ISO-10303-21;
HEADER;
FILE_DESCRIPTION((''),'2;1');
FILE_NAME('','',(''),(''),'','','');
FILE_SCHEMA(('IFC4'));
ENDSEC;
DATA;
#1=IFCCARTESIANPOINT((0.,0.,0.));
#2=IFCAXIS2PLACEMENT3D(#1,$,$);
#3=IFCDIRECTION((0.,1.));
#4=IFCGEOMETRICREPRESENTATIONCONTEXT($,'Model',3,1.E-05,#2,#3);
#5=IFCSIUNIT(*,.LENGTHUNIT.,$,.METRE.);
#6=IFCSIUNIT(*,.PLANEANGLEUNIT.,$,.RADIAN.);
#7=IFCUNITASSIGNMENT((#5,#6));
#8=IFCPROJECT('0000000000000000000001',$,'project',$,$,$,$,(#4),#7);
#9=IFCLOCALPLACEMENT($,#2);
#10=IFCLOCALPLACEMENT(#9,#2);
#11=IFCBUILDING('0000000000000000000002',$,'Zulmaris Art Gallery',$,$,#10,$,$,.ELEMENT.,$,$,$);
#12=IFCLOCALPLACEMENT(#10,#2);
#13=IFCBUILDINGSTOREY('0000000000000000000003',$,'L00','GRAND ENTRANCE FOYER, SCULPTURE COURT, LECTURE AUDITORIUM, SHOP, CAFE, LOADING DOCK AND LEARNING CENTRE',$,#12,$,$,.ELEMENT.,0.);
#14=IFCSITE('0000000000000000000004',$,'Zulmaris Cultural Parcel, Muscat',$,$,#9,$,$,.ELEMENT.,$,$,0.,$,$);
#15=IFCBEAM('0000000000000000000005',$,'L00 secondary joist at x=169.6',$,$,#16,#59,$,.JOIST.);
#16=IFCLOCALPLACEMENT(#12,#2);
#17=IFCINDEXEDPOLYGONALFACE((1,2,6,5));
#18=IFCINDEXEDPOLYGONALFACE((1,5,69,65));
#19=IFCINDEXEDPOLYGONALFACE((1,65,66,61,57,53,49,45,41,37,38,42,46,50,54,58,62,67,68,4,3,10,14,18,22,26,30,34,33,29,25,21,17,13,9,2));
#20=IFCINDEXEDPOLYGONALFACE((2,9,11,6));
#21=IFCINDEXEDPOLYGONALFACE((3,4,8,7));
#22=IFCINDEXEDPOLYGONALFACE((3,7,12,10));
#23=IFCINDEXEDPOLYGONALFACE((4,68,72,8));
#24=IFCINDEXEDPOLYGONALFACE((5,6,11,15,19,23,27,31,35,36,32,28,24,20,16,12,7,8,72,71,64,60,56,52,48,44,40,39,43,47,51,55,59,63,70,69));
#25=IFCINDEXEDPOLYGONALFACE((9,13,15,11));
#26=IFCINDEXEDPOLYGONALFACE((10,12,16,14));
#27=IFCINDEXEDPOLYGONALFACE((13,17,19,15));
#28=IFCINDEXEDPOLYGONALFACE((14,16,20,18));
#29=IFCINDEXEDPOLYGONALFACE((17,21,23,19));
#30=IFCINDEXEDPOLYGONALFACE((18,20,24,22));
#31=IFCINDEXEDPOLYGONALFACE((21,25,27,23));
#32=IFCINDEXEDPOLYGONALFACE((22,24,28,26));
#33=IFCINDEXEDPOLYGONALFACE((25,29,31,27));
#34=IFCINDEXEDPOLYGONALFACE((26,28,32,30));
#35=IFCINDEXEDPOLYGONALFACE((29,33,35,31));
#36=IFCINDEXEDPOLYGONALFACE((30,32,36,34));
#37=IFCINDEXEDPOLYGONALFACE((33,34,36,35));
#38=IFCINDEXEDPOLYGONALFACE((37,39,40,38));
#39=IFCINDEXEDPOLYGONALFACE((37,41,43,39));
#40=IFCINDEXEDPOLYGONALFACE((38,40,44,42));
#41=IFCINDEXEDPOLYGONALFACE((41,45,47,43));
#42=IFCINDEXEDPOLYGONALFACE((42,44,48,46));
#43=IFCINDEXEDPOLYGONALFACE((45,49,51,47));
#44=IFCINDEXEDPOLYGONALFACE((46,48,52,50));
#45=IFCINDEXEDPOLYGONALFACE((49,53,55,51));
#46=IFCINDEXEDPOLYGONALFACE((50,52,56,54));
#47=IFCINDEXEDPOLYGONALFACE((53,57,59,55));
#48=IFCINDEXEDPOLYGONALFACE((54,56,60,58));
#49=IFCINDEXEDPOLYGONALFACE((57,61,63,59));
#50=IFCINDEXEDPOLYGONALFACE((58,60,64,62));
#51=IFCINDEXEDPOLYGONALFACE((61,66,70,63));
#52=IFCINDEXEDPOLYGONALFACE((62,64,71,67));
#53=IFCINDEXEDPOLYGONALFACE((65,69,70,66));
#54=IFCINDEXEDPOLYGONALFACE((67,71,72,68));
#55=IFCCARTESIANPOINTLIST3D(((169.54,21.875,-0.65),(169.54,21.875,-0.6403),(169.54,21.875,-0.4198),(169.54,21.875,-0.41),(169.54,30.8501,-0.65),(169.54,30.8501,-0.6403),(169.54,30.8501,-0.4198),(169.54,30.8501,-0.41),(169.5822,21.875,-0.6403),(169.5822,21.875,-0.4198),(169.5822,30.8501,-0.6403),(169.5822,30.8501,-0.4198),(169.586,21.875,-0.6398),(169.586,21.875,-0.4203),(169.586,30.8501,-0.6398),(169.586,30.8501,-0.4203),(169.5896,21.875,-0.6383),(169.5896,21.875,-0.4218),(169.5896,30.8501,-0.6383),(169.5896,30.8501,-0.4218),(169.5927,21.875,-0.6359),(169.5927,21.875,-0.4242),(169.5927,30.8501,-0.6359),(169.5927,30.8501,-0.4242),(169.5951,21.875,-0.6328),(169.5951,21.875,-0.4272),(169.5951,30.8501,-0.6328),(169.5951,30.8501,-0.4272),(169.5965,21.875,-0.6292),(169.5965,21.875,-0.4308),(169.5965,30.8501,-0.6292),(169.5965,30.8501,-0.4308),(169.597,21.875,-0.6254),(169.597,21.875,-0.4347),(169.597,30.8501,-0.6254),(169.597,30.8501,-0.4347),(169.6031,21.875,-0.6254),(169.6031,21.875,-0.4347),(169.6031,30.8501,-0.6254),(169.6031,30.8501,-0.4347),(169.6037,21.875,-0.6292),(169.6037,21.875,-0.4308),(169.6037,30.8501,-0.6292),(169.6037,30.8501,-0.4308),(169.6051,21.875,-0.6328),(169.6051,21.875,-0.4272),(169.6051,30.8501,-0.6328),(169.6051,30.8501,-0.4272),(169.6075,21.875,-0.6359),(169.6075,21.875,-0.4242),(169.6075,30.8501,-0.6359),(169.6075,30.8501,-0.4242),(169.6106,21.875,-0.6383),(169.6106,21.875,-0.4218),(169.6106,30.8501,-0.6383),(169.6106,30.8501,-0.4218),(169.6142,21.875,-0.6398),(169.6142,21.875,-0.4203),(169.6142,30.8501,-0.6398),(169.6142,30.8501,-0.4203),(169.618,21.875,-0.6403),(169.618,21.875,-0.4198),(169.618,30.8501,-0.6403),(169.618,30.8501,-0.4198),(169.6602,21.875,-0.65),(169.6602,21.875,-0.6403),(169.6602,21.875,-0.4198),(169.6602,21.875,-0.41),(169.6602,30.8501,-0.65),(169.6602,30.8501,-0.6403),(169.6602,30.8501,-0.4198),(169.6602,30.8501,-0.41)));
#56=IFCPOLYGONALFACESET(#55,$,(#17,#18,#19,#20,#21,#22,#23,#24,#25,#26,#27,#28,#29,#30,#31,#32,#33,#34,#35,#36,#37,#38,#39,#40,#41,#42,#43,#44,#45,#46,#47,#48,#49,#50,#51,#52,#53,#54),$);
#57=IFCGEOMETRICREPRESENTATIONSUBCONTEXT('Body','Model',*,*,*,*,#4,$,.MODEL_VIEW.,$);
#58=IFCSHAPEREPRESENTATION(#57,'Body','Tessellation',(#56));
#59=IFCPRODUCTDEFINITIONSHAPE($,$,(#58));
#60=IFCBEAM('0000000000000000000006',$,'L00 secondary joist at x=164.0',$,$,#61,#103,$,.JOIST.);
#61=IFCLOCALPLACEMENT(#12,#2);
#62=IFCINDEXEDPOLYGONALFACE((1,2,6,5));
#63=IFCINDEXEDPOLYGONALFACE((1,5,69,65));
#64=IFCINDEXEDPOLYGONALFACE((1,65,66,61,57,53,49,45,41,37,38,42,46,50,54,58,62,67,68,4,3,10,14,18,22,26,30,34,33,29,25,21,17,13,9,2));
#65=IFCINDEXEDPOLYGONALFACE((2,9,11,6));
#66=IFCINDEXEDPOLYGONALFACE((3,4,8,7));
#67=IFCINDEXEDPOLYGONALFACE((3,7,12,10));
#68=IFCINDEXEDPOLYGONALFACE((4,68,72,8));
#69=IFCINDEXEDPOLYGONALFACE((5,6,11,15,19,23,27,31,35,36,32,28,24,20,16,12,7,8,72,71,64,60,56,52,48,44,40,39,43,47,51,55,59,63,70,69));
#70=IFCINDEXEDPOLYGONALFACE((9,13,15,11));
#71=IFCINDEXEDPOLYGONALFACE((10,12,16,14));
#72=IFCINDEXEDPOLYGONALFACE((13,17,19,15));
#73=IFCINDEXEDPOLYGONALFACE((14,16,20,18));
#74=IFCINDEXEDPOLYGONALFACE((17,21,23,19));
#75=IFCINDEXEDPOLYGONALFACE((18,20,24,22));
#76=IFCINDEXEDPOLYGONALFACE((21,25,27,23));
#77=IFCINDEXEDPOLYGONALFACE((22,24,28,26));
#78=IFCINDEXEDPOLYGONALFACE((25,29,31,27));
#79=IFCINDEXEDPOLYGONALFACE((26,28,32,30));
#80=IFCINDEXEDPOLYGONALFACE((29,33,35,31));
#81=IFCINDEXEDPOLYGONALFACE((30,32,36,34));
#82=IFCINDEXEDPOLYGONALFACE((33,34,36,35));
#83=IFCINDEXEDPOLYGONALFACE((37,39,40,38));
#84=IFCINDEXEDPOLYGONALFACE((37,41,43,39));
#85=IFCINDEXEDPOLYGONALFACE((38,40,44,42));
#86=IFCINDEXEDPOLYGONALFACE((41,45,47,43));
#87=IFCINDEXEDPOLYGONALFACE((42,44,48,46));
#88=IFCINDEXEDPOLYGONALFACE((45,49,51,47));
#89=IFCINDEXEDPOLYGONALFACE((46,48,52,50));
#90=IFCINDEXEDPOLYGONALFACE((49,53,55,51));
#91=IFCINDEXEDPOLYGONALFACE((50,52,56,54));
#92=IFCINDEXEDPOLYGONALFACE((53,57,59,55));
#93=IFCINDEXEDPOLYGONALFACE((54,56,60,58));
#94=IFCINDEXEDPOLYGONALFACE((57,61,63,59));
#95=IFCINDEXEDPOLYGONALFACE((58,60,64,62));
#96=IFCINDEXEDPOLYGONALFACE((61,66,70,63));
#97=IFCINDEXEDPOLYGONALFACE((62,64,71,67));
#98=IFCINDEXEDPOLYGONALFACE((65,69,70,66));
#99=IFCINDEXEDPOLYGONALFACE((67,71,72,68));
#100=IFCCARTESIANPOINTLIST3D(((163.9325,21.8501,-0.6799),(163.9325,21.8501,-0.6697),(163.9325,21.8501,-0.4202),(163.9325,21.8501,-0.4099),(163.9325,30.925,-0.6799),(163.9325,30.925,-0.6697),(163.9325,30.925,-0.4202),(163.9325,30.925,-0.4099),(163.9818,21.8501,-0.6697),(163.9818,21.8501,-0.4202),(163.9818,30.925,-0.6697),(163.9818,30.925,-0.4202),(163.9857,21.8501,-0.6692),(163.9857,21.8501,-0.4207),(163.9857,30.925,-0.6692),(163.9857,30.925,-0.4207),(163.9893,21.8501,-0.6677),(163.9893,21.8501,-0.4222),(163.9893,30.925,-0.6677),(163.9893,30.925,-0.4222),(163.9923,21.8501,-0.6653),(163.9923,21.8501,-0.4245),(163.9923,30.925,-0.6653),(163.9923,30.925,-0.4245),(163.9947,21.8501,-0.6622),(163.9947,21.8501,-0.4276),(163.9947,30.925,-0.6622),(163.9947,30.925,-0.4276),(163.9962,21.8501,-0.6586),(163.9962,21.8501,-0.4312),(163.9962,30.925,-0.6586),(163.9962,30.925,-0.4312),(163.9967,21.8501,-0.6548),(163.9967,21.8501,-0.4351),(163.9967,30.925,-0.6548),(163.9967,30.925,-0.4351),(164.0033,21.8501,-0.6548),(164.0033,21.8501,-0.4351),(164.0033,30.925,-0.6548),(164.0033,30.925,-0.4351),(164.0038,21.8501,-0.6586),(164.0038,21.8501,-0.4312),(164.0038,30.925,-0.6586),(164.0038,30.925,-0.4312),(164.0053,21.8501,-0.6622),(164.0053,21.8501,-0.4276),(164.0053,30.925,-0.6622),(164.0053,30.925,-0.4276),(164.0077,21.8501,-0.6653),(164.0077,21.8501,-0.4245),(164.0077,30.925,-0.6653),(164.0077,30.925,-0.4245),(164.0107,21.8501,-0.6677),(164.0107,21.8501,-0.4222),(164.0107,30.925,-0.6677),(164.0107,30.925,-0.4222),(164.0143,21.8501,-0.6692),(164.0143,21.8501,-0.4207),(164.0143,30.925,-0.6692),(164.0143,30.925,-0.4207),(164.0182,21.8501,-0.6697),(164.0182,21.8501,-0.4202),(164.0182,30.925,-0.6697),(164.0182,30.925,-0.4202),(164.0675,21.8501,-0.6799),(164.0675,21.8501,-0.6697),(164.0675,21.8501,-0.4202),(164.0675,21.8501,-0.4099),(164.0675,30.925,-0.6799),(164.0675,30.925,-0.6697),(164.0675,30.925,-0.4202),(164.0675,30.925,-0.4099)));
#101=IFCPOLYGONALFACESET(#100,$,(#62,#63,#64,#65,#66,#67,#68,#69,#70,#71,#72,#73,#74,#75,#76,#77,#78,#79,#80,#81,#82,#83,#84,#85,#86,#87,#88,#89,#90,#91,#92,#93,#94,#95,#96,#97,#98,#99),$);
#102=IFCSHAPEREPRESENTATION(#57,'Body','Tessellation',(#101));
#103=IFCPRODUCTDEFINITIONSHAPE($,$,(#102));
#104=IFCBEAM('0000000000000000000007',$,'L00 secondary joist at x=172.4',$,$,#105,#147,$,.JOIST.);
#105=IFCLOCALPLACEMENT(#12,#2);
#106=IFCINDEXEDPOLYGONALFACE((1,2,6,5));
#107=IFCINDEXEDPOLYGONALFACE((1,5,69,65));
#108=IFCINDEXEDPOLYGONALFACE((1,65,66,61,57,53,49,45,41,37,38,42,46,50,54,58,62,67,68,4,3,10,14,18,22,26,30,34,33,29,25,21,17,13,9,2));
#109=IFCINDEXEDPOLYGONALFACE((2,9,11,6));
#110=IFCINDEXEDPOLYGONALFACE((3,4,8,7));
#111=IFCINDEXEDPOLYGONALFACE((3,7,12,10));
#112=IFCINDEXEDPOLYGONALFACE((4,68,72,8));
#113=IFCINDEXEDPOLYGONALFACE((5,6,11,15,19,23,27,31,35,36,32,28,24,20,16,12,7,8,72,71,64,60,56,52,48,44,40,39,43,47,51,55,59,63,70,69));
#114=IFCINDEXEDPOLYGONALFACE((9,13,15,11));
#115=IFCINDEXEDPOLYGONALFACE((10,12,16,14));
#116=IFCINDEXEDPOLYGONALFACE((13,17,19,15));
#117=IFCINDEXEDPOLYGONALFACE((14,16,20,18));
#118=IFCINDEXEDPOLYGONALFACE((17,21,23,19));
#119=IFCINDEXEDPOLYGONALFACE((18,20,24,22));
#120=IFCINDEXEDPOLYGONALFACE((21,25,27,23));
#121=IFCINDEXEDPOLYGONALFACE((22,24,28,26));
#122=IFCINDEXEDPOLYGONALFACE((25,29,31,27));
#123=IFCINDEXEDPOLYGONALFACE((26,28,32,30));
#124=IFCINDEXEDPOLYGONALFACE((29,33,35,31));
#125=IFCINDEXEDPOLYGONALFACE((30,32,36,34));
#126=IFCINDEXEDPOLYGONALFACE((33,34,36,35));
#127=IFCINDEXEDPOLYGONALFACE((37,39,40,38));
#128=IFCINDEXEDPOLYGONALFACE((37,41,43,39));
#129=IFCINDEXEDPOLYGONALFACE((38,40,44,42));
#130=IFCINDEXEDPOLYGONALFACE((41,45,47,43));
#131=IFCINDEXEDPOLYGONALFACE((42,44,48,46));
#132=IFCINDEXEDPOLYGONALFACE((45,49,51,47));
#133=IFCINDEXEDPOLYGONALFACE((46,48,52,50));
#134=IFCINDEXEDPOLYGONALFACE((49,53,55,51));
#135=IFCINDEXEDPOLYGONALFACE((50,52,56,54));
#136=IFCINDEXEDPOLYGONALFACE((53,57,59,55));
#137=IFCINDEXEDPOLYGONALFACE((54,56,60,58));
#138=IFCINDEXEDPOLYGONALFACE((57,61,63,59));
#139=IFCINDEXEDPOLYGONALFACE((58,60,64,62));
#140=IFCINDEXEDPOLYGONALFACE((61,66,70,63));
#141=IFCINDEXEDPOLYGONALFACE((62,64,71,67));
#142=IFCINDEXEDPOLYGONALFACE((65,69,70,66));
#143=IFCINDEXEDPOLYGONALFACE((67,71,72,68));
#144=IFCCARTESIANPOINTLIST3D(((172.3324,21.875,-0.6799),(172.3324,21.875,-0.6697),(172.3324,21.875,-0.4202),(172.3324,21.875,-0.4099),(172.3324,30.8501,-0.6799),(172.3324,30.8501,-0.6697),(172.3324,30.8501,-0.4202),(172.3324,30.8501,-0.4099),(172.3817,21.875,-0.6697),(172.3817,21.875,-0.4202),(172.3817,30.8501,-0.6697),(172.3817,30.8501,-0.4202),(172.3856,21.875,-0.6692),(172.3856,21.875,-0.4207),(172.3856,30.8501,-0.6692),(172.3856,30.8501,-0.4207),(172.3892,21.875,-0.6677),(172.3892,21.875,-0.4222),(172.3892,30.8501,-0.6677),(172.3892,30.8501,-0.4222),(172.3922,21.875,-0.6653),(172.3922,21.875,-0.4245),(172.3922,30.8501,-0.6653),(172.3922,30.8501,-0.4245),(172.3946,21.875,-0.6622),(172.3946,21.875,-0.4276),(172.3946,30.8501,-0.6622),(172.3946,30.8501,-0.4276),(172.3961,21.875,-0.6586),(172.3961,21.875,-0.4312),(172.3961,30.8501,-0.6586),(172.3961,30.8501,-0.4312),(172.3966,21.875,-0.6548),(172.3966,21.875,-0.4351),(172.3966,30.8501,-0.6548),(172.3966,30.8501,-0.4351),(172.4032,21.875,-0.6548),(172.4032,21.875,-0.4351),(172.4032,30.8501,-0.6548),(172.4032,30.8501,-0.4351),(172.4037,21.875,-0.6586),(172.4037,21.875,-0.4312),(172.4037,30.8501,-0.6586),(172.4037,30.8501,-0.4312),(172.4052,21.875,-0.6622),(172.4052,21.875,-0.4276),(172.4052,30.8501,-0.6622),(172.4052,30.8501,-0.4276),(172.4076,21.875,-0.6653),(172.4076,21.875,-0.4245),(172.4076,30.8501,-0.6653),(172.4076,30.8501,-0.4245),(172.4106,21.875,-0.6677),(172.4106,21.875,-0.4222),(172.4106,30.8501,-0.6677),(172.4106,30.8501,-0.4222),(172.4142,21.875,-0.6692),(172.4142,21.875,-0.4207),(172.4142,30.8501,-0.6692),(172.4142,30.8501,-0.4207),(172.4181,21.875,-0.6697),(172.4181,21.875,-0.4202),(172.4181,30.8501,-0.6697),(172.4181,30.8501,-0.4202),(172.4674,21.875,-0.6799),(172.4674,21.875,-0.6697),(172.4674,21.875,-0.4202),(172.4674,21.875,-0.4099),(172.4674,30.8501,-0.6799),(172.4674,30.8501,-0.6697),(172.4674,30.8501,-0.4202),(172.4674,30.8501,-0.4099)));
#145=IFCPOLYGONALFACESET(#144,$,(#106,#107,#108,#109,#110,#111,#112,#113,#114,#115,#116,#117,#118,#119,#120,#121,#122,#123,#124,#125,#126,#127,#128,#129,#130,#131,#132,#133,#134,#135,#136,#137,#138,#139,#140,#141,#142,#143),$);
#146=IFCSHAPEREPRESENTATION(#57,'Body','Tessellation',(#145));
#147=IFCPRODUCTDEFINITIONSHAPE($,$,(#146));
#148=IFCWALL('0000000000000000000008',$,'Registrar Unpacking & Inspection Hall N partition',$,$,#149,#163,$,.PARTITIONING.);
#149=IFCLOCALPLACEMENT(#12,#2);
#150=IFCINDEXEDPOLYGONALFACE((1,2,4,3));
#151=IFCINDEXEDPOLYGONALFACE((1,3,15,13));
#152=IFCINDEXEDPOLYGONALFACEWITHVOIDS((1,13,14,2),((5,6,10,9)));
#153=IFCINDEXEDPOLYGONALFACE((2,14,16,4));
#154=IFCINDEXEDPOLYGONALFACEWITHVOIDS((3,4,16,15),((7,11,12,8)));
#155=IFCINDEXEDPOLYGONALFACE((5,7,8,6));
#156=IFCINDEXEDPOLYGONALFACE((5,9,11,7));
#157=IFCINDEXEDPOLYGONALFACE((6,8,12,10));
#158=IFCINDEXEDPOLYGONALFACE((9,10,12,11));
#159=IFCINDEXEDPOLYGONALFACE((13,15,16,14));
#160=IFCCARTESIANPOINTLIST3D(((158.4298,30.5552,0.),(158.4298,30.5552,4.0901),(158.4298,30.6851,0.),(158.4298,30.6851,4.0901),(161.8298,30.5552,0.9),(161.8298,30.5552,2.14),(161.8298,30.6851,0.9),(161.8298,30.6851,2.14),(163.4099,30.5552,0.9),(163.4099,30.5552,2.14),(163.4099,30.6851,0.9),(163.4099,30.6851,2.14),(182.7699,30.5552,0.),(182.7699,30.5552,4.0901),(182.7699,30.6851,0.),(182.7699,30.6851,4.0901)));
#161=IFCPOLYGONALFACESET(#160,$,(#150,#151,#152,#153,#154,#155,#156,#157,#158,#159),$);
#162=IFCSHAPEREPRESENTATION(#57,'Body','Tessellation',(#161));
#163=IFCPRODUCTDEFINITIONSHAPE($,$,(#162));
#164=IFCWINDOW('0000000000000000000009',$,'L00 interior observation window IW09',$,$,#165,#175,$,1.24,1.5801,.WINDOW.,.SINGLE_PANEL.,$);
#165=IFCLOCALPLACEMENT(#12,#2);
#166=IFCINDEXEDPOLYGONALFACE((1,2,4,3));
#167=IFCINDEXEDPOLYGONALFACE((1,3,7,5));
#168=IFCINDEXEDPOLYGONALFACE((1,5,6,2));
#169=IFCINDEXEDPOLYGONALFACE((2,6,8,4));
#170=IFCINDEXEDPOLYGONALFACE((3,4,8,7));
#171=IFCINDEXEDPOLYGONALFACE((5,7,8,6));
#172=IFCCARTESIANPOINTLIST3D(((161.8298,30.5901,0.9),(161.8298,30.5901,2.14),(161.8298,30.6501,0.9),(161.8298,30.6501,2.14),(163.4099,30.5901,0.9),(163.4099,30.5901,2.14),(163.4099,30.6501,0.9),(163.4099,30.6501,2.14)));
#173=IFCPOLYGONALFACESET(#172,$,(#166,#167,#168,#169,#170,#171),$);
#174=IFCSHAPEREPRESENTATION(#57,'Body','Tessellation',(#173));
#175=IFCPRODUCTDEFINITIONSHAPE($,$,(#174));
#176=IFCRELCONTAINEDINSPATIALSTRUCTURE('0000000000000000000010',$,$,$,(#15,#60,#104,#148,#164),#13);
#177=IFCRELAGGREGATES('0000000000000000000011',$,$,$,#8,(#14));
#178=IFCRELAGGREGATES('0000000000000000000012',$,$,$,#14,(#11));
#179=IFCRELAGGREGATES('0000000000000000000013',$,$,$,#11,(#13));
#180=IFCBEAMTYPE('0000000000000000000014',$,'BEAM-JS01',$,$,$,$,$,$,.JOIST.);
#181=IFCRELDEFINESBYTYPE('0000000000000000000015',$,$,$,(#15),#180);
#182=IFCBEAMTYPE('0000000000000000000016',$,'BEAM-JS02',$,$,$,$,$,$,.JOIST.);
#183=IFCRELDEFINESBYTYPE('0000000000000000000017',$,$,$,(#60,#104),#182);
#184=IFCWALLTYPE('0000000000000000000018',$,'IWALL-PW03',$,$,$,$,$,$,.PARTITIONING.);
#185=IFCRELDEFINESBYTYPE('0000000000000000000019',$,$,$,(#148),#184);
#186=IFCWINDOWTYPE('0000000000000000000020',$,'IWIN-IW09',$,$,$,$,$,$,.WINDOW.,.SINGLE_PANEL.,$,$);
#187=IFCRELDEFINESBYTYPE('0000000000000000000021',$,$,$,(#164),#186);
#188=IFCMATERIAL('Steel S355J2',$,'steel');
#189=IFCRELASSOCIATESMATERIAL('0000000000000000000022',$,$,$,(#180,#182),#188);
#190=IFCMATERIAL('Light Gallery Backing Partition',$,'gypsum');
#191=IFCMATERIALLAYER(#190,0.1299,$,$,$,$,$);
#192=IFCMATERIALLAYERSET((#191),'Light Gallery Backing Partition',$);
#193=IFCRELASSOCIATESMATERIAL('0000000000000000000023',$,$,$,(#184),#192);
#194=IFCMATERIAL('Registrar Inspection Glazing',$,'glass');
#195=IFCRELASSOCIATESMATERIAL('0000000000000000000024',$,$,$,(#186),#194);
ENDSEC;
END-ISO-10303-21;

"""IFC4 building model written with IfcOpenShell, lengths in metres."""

from ifc_helpers import new_model, si_unit, direction, frame, frame_2d, origin, origin_2d, place, context, subcontext, project, spatial, rectangle, i_section, extrude, material, layer, layer_set, material_profile, profile_set, type_object, element, fill, save


model = new_model("IFC4")

# Units and contexts
model_context = context("Model", 3, precision=1e-05, world=origin(), true_north=direction((0.0, 1.0)))
body_context = subcontext(model_context, "Body", "Model", "MODEL_VIEW")
ifc_project = project(units=[si_unit("LENGTHUNIT", "METRE"), si_unit("PLANEANGLEUNIT", "RADIAN")], contexts=[model_context])

# Site, building, storey
site_placement = place(None, origin())
site = spatial("IfcSite", under=ifc_project, at=site_placement, Name="Zulmaris Cultural Parcel, Muscat", CompositionType="ELEMENT", RefElevation=0.0)
building_placement = place(site_placement, origin())
building = spatial("IfcBuilding", under=site, at=building_placement, Name="Zulmaris Art Gallery", CompositionType="ELEMENT")
storey_placement = place(building_placement, origin())
storey = spatial("IfcBuildingStorey", under=building, at=storey_placement, Name="L00", Description="GRAND ENTRANCE FOYER, SCULPTURE COURT, LECTURE AUDITORIUM, SHOP, CAFE, LOADING DOCK AND LEARNING CENTRE", CompositionType="ELEMENT", Elevation=0.0)

# Beams
ifc_material_1 = material(Name="Steel S355J2", Category="steel")
ifc_material_profile_1 = material_profile(ifc_material_1, i_section(OverallWidth=0.1201, OverallDepth=0.24, WebThickness=0.0061, FlangeThickness=0.0098, FilletRadius=0.0149, at=origin_2d()), Name="IPE 240")
ifc_profile_set_1 = profile_set([ifc_material_profile_1], Name="Steel S355J2")
beam_type_1 = type_object("IfcBeamType", Name="BEAM-JS01", PredefinedType="JOIST", material=ifc_profile_set_1)
beam_1_placement = place(storey_placement, frame((169.6001, 21.875, -0.53), z_axis=(0.0, 1.0, 0.0), x_axis=(-1.0, 0.0, 0.0)))
element("IfcBeam", 1, at=beam_1_placement, inside=storey, type_object=beam_type_1, Name="L00 secondary joist at x=169.6", PredefinedType="JOIST", context=body_context, shape_type="SweptSolid", body=[
    extrude(i_section(OverallWidth=0.1201, OverallDepth=0.24, WebThickness=0.0061, FlangeThickness=0.0098, FilletRadius=0.0149, at=origin_2d()), origin(), (0.0, 0.0, 1.0), 8.9751),
])
ifc_material_profile_2 = material_profile(ifc_material_1, i_section(OverallWidth=0.135, OverallDepth=0.27, WebThickness=0.0066, FlangeThickness=0.0103, FilletRadius=0.0149, at=origin_2d()), Name="IPE 270")
ifc_profile_set_2 = profile_set([ifc_material_profile_2], Name="Steel S355J2")
beam_type_2 = type_object("IfcBeamType", Name="BEAM-JS02", PredefinedType="JOIST", material=ifc_profile_set_2)
beam_2_placement = place(storey_placement, frame((164.0, 21.8501, -0.5449), z_axis=(0.0, 1.0, 0.0), x_axis=(-1.0, 0.0, 0.0)))
element("IfcBeam", 2, at=beam_2_placement, inside=storey, type_object=beam_type_2, Name="L00 secondary joist at x=164.0", PredefinedType="JOIST", context=body_context, shape_type="SweptSolid", body=[
    extrude(i_section(OverallWidth=0.135, OverallDepth=0.27, WebThickness=0.0066, FlangeThickness=0.0103, FilletRadius=0.0149, at=origin_2d()), origin(), (0.0, 0.0, 1.0), 9.075),
])
beam_3_placement = place(storey_placement, frame((172.3999, 21.875, -0.5449), z_axis=(0.0, 1.0, 0.0), x_axis=(-1.0, 0.0, 0.0)))
element("IfcBeam", 3, at=beam_3_placement, inside=storey, type_object=beam_type_2, Name="L00 secondary joist at x=172.4", PredefinedType="JOIST", context=body_context, shape_type="SweptSolid", body=[
    extrude(i_section(OverallWidth=0.135, OverallDepth=0.27, WebThickness=0.0066, FlangeThickness=0.0103, FilletRadius=0.0149, at=origin_2d()), origin(), (0.0, 0.0, 1.0), 8.9751),
])

# Wall, opening, window
ifc_material_2 = material(Name="Light Gallery Backing Partition", Category="gypsum")
ifc_layer_1 = layer(ifc_material_2, 0.1299)
ifc_layer_set_1 = layer_set([ifc_layer_1], Name="Light Gallery Backing Partition")
wall_type_1 = type_object("IfcWallType", Name="IWALL-PW03", PredefinedType="PARTITIONING", material=ifc_layer_set_1)
wall_1_placement = place(storey_placement, frame((158.4299, 30.6201, 0.0), z_axis=(0.0, 0.0, 1.0), x_axis=(1.0, 0.0, 0.0)))
wall_1 = element("IfcWall", 4, at=wall_1_placement, inside=storey, type_object=wall_type_1, Name="Registrar Unpacking & Inspection Hall N partition", PredefinedType="PARTITIONING", context=body_context, shape_type="SweptSolid", body=[
    extrude(rectangle(XDim=24.3401, YDim=0.1299, at=frame_2d((12.1699, 0.0))), origin(), (0.0, 0.0, 1.0), 4.0901),
])
opening_1_placement = place(wall_1_placement, frame((3.3999, 0.0, 0.8999)))
opening_1 = element("IfcOpeningElement", 5, at=opening_1_placement, cuts=wall_1, PredefinedType="OPENING", context=body_context, shape_type="SweptSolid", body=[
    extrude(rectangle(XDim=1.5801, YDim=1.24, at=frame_2d((0.79, 0.6201))), frame((0.0, 0.075, 0.0), z_axis=(0.0, -1.0, 0.0), x_axis=(1.0, 0.0, 0.0)), (0.0, 0.0, 1.0), 0.1499),
])
ifc_material_3 = material(Name="Registrar Inspection Glazing", Category="glass")
window_type_1 = type_object("IfcWindowType", Name="IWIN-IW09", PartitioningType="SINGLE_PANEL", PredefinedType="WINDOW", material=ifc_material_3)
window_1_placement = place(opening_1_placement, origin())
window_1 = element("IfcWindow", 6, at=window_1_placement, inside=storey, type_object=window_type_1, Name="L00 interior observation window IW09", OverallHeight=1.24, OverallWidth=1.5801, PartitioningType="SINGLE_PANEL", PredefinedType="WINDOW", context=body_context, shape_type="SweptSolid", body=[
    extrude(rectangle(XDim=1.5801, YDim=1.24, at=frame_2d((0.79, 0.6201))), frame((0.0, 0.03, 0.0), z_axis=(0.0, -1.0, 0.0), x_axis=(1.0, 0.0, 0.0)), (0.0, 0.0, 1.0), 0.0601),
])
fill(opening_1, window_1)

save(model, "model.ifc")
